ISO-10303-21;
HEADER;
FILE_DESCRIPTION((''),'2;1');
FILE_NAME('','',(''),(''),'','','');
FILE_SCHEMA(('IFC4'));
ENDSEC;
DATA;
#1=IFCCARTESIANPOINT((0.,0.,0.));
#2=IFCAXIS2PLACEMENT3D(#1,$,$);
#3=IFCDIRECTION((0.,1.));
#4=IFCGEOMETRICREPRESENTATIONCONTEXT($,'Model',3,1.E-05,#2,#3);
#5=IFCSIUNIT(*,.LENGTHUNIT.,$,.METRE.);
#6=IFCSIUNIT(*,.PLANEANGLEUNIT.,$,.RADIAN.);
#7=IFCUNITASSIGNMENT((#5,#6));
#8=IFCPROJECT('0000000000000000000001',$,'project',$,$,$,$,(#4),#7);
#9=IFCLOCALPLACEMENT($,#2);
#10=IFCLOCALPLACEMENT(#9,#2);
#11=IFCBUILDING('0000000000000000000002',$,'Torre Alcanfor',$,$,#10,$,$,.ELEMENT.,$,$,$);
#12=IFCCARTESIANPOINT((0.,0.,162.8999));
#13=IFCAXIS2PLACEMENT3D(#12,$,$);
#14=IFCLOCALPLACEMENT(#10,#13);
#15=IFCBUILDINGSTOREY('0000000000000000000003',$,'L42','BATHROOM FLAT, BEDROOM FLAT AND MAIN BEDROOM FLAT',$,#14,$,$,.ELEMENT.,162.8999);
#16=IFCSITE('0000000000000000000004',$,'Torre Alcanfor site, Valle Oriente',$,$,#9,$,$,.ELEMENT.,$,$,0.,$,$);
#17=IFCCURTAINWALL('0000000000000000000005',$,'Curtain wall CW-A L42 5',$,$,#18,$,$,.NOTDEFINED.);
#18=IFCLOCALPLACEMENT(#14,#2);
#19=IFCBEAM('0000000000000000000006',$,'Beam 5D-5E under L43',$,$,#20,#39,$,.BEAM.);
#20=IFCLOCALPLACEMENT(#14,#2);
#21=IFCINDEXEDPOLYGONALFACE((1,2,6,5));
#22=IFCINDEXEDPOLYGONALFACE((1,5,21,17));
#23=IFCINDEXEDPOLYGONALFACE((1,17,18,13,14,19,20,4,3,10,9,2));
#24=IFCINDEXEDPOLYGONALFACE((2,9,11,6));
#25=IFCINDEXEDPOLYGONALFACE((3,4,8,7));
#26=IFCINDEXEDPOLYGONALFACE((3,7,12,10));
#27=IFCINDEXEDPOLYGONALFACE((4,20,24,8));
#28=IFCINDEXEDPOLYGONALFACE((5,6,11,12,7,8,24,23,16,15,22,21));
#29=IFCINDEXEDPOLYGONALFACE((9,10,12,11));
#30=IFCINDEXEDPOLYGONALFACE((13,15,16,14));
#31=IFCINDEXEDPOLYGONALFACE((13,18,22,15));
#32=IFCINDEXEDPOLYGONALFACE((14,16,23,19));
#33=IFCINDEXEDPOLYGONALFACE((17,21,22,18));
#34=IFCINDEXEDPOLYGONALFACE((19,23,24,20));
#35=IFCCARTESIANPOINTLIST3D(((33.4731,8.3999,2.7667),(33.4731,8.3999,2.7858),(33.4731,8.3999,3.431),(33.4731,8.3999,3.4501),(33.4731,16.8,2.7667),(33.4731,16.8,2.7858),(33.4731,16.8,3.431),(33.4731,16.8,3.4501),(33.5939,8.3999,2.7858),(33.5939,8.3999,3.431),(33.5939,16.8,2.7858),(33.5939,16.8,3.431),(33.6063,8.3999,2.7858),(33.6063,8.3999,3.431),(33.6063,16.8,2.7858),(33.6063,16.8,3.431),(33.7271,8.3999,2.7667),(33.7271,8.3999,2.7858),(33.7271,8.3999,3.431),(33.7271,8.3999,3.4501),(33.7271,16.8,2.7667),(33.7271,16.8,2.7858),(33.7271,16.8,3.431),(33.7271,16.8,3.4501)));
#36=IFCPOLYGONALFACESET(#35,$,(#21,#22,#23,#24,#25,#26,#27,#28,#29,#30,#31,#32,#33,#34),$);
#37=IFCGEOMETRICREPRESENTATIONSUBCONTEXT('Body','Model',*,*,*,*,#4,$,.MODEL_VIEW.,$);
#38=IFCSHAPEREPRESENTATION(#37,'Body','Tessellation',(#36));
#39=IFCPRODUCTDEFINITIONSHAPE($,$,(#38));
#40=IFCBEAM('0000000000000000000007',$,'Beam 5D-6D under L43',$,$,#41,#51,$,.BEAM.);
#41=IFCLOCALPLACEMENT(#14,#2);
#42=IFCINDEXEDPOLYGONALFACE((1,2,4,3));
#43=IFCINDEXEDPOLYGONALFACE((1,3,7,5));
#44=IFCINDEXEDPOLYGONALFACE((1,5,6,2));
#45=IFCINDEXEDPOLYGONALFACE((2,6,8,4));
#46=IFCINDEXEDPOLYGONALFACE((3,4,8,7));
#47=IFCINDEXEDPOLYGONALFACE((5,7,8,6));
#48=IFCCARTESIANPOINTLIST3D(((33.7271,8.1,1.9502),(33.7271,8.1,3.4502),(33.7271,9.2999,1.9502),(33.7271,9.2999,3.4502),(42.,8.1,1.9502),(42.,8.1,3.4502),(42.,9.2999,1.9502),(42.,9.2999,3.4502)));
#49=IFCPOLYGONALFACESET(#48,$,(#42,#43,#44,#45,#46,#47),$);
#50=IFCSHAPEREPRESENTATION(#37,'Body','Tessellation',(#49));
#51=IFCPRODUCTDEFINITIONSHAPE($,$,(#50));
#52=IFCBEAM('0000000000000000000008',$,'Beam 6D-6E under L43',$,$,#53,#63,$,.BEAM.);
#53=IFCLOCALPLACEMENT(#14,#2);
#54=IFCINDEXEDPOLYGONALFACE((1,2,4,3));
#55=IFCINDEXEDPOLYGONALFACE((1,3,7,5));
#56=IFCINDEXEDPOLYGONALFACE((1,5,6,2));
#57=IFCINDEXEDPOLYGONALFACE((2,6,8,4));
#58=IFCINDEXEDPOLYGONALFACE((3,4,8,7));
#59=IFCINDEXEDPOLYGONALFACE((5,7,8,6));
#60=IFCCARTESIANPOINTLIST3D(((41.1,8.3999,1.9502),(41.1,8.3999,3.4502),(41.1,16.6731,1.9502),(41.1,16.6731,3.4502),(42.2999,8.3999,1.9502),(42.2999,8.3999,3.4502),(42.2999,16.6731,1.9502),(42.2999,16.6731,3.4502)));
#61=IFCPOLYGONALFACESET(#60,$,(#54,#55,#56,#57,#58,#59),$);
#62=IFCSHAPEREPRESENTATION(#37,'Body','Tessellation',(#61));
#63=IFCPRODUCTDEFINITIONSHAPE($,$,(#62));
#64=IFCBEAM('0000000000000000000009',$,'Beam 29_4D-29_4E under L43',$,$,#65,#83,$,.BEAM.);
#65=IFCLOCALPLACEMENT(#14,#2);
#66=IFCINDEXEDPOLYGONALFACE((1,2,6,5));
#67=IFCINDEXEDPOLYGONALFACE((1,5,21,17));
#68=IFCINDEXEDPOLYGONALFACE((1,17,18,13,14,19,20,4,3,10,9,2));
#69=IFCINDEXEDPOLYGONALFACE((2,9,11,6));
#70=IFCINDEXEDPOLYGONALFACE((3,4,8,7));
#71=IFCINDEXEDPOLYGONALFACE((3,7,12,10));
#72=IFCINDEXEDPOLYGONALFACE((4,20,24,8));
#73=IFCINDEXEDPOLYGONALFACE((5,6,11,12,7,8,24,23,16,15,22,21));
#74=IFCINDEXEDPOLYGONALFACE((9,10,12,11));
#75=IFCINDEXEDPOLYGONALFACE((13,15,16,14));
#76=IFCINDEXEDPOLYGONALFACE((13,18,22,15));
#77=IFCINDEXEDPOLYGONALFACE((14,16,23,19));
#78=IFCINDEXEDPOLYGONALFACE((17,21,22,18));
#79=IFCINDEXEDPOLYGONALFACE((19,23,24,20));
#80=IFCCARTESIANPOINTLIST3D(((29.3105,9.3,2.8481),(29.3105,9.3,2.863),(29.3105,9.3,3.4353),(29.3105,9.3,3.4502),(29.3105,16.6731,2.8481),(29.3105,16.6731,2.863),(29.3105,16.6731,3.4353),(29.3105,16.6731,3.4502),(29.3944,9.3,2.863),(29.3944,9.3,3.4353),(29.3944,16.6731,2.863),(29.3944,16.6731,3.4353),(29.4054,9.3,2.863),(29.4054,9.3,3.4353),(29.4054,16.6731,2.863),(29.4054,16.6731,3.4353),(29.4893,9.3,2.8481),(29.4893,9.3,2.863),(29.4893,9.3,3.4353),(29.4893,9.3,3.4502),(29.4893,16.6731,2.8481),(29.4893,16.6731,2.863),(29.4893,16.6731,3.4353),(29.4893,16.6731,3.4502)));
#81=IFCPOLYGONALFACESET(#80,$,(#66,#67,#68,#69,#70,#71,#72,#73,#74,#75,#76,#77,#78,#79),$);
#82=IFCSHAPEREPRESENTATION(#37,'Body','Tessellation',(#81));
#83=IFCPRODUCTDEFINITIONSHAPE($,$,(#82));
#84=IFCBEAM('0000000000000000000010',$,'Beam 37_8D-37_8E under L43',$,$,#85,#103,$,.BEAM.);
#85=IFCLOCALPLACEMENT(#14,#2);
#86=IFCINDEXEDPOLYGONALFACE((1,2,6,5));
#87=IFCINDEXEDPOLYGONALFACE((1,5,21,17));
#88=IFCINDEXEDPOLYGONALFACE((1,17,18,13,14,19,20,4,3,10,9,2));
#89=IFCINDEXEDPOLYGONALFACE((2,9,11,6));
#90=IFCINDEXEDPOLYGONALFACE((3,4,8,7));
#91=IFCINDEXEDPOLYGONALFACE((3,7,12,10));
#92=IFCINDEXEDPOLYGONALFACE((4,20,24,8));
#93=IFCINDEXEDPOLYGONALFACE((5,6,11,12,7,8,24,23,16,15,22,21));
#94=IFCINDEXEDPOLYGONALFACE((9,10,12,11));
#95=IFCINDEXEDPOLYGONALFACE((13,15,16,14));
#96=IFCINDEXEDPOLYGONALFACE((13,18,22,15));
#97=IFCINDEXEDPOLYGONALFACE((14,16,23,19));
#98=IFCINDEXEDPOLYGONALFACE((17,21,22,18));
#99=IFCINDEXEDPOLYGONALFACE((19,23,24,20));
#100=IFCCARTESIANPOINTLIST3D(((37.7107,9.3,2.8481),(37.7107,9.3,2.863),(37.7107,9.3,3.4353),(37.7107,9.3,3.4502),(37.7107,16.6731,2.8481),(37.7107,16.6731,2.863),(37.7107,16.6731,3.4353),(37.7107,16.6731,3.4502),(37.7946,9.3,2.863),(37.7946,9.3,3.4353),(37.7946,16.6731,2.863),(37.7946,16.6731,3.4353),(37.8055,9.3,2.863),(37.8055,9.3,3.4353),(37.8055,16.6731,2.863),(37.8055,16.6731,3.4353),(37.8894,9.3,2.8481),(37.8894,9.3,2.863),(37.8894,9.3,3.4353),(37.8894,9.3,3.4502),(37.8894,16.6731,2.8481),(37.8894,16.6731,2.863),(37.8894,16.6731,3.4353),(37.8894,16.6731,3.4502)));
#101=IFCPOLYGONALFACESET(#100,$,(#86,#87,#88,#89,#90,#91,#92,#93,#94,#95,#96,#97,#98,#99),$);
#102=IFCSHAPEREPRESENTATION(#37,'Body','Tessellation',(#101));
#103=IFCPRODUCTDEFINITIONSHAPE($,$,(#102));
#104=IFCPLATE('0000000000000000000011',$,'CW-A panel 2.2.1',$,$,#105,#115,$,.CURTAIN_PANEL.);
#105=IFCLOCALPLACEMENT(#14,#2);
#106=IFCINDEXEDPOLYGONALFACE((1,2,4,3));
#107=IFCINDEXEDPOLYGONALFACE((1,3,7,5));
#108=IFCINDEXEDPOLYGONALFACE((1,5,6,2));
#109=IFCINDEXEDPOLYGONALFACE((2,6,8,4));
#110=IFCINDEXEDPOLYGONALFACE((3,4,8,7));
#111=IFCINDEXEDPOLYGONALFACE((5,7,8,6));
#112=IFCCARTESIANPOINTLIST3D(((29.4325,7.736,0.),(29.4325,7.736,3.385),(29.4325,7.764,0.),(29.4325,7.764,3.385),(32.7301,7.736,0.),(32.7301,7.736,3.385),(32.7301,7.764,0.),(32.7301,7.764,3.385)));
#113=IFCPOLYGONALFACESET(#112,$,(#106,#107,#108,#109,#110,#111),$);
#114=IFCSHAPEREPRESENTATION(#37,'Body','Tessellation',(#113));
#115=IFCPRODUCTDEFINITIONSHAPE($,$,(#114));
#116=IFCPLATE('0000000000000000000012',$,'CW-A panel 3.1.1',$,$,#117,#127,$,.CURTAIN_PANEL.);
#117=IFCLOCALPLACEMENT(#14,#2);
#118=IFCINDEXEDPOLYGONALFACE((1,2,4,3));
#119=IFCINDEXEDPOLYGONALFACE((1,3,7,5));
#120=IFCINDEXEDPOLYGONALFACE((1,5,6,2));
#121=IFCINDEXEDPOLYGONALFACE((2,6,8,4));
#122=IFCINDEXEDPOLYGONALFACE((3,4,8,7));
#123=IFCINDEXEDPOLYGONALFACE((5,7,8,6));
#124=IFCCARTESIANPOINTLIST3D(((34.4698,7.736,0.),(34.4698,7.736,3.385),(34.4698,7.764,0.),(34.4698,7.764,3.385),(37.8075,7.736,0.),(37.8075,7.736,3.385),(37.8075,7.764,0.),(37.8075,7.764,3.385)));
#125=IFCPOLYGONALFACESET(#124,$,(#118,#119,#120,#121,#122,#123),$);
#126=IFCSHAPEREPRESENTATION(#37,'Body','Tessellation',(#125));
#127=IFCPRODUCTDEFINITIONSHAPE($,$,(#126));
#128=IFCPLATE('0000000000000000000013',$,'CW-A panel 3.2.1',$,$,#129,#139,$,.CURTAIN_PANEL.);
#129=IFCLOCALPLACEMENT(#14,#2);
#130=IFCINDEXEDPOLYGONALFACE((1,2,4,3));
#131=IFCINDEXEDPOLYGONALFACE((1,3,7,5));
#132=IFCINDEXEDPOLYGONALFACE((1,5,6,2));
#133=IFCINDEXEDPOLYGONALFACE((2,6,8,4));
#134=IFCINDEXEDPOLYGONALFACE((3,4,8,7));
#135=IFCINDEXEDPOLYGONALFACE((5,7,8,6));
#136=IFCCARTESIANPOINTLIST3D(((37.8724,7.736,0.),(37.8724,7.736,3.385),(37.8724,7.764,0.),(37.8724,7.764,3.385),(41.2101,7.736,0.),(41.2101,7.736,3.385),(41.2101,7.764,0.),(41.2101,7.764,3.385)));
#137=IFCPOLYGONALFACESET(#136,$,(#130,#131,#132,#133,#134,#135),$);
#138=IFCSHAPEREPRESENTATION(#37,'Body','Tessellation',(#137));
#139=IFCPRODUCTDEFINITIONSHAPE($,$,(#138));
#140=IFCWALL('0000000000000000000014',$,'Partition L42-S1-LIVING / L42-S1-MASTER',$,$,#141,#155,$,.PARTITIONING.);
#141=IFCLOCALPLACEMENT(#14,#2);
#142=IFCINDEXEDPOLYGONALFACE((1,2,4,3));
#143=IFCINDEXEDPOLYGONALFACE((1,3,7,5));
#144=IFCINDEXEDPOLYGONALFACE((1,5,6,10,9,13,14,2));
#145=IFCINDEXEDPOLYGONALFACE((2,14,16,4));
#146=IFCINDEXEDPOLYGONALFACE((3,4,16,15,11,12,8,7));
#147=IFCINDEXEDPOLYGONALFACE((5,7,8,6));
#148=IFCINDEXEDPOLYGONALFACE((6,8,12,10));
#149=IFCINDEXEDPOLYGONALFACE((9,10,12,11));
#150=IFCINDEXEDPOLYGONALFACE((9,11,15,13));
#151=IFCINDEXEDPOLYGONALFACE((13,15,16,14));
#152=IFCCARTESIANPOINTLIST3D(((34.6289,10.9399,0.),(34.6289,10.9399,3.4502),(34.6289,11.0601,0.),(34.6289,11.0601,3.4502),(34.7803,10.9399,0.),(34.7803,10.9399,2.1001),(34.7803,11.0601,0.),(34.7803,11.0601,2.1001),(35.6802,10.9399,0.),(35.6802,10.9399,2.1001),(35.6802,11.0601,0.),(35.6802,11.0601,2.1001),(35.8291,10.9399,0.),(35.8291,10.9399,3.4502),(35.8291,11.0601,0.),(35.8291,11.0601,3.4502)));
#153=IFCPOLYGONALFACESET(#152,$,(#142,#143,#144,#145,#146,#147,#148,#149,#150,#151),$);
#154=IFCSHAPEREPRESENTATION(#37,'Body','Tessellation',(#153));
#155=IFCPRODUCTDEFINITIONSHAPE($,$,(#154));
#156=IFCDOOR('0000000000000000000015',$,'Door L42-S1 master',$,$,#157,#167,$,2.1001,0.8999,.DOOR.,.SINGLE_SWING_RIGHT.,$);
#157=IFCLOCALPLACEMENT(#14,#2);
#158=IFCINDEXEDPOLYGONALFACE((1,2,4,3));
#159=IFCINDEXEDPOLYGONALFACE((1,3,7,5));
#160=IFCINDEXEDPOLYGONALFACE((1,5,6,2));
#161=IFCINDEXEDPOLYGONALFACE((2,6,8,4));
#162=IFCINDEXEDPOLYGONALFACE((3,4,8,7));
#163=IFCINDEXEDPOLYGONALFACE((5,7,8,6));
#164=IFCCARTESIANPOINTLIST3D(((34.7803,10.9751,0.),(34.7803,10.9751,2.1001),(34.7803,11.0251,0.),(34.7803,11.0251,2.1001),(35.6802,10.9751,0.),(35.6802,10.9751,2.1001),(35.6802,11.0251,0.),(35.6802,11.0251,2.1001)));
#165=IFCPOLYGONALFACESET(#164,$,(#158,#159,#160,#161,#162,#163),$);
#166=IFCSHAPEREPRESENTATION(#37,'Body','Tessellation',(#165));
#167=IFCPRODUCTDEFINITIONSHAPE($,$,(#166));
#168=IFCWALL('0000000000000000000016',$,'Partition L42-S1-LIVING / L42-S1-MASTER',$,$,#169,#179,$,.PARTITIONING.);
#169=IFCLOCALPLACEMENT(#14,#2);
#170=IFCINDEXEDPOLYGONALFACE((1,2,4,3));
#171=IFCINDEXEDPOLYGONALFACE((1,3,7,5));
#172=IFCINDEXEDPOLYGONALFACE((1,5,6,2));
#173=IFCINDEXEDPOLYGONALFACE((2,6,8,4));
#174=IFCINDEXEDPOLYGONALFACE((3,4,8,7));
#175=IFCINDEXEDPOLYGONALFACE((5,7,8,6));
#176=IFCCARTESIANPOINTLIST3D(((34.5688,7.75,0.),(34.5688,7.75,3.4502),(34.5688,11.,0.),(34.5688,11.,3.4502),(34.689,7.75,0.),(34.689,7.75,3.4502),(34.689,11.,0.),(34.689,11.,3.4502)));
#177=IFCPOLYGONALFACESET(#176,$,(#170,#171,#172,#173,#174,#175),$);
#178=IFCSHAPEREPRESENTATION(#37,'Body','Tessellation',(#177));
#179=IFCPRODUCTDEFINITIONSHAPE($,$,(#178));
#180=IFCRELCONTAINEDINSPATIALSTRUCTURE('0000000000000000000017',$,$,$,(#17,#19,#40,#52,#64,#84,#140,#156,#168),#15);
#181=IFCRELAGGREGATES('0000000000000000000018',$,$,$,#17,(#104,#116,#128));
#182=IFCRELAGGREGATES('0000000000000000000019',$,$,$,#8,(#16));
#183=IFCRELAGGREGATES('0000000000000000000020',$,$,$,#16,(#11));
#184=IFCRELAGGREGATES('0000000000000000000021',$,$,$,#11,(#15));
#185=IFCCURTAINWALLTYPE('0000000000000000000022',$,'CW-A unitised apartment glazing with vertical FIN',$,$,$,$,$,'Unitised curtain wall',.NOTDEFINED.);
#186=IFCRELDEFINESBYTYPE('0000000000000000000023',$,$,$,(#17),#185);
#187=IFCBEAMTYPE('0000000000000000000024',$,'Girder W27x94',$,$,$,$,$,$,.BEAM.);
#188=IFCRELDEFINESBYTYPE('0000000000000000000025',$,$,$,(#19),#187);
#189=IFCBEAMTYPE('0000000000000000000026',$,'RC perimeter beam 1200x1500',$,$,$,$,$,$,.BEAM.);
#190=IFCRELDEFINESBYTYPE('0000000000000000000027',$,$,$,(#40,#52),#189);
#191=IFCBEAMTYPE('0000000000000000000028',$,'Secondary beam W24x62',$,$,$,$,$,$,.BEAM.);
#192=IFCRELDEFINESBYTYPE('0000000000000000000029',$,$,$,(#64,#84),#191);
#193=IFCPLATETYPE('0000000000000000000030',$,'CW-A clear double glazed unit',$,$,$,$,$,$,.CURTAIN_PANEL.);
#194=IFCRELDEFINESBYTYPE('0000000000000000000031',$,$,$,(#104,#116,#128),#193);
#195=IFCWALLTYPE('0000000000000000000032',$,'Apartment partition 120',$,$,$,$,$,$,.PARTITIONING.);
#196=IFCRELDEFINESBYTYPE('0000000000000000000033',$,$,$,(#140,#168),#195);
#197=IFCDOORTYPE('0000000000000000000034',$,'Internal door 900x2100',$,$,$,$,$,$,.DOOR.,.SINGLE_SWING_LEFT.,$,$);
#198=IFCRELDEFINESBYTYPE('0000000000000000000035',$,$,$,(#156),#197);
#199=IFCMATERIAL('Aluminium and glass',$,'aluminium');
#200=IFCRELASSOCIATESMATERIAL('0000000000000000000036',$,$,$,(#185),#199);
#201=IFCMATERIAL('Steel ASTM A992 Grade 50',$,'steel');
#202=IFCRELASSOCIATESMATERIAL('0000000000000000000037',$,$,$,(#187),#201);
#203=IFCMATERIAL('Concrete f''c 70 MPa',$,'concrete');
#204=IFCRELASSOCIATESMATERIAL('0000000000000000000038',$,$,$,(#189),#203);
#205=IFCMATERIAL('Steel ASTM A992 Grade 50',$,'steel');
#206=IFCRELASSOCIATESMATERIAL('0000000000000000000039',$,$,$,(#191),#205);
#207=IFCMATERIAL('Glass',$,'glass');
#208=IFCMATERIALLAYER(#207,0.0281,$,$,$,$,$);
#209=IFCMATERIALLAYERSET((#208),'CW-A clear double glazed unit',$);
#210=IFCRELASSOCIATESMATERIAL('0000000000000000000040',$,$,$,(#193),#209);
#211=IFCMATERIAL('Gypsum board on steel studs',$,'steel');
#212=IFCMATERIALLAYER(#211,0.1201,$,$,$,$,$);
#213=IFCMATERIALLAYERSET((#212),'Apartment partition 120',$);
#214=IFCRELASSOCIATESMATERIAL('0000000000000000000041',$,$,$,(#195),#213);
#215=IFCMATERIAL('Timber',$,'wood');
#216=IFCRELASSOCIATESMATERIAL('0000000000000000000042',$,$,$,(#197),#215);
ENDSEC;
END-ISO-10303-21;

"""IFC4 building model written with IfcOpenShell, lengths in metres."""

from ifc_helpers import new_model, si_unit, direction, frame, frame_2d, origin, origin_2d, place, context, subcontext, project, spatial, rectangle, i_section, extrude, material, layer, layer_set, material_profile, profile_set, type_object, element, fill, aggregate, save


model = new_model("IFC4")

# Units and contexts
model_context = context("Model", 3, precision=1e-05, world=origin(), true_north=direction((0.0, 1.0)))
body_context = subcontext(model_context, "Body", "Model", "MODEL_VIEW")
ifc_project = project(units=[si_unit("LENGTHUNIT", "METRE"), si_unit("PLANEANGLEUNIT", "RADIAN")], contexts=[model_context])

# Site, building, storey
site_placement = place(None, origin())
site = spatial("IfcSite", under=ifc_project, at=site_placement, Name="Torre Alcanfor site, Valle Oriente", CompositionType="ELEMENT", RefElevation=0.0)
building_placement = place(site_placement, origin())
building = spatial("IfcBuilding", under=site, at=building_placement, Name="Torre Alcanfor", CompositionType="ELEMENT")
storey_placement = place(building_placement, frame((0.0, 0.0, 162.8999)))
storey = spatial("IfcBuildingStorey", under=building, at=storey_placement, Name="L42", Description="BATHROOM FLAT, BEDROOM FLAT AND MAIN BEDROOM FLAT", CompositionType="ELEMENT", Elevation=162.8999)

# Curtain wall
ifc_material_1 = material(Name="Aluminium and glass", Category="aluminium")
curtain_wall_type = type_object("IfcCurtainWallType", Name="CW-A unitised apartment glazing with vertical FIN", ElementType="Unitised curtain wall", PredefinedType="NOTDEFINED", material=ifc_material_1)
curtain_wall_placement = place(storey_placement, origin())
curtain_wall = element("IfcCurtainWall", 1, at=curtain_wall_placement, inside=storey, type_object=curtain_wall_type, Name="Curtain wall CW-A L42 5", PredefinedType="NOTDEFINED")

# Beams
ifc_material_2 = material(Name="Steel ASTM A992 Grade 50", Category="steel")
ifc_material_profile_1 = material_profile(ifc_material_2, i_section(OverallWidth=0.2539, OverallDepth=0.6833, WebThickness=0.0125, FlangeThickness=0.019, at=origin_2d()), Name="W27x94")
ifc_profile_set_1 = profile_set([ifc_material_profile_1], Name="Steel ASTM A992 Grade 50")
beam_type_1 = type_object("IfcBeamType", Name="Girder W27x94", PredefinedType="BEAM", material=ifc_profile_set_1)
beam_1_placement = place(storey_placement, frame((33.6001, 8.3999, 3.1084), z_axis=(0.0, 1.0, 0.0), x_axis=(-1.0, 0.0, 0.0)))
element("IfcBeam", 2, at=beam_1_placement, inside=storey, type_object=beam_type_1, Name="Beam 5D-5E under L43", PredefinedType="BEAM", context=body_context, shape_type="SweptSolid", body=[
    extrude(i_section(OverallWidth=0.2539, OverallDepth=0.6833, WebThickness=0.0125, FlangeThickness=0.019, at=origin_2d()), origin(), (0.0, 0.0, 1.0), 8.4001),
])
ifc_material_3 = material(Name="Concrete f'c 70 MPa", Category="concrete")
ifc_material_profile_2 = material_profile(ifc_material_3, rectangle(XDim=1.2, YDim=1.5, at=origin_2d()), Name="1200x1500")
ifc_profile_set_2 = profile_set([ifc_material_profile_2], Name="Concrete f'c 70 MPa")
beam_type_2 = type_object("IfcBeamType", Name="RC perimeter beam 1200x1500", PredefinedType="BEAM", material=ifc_profile_set_2)
beam_2_placement = place(storey_placement, frame((33.7271, 8.7, 2.7002), z_axis=(1.0, 0.0, 0.0), x_axis=(0.0, 1.0, 0.0)))
element("IfcBeam", 3, at=beam_2_placement, inside=storey, type_object=beam_type_2, Name="Beam 5D-6D under L43", PredefinedType="BEAM", context=body_context, shape_type="SweptSolid", body=[
    extrude(rectangle(XDim=1.2, YDim=1.5, at=origin_2d()), origin(), (0.0, 0.0, 1.0), 8.2729),
])
beam_3_placement = place(storey_placement, frame((41.7, 8.3999, 2.7002), z_axis=(0.0, 1.0, 0.0), x_axis=(-1.0, 0.0, 0.0)))
element("IfcBeam", 4, at=beam_3_placement, inside=storey, type_object=beam_type_2, Name="Beam 6D-6E under L43", PredefinedType="BEAM", context=body_context, shape_type="SweptSolid", body=[
    extrude(rectangle(XDim=1.2, YDim=1.5, at=origin_2d()), origin(), (0.0, 0.0, 1.0), 8.2732),
])
ifc_material_4 = material(Name="Steel ASTM A992 Grade 50", Category="steel")
ifc_material_profile_3 = material_profile(ifc_material_4, i_section(OverallWidth=0.1787, OverallDepth=0.6021, WebThickness=0.011, FlangeThickness=0.0149, at=origin_2d()), Name="W24x62")
ifc_profile_set_3 = profile_set([ifc_material_profile_3], Name="Steel ASTM A992 Grade 50")
beam_type_3 = type_object("IfcBeamType", Name="Secondary beam W24x62", PredefinedType="BEAM", material=ifc_profile_set_3)
for number, where, z_axis, x_axis, name in (
    (5, (29.3999, 9.3, 3.1492), (0.0, 1.0, 0.0), (-1.0, 0.0, 0.0), "Beam 29_4D-29_4E under L43"),
    (6, (37.8, 9.3, 3.1492), (0.0, 1.0, 0.0), (-1.0, 0.0, 0.0), "Beam 37_8D-37_8E under L43"),
):
    element("IfcBeam", number, at=place(storey_placement, frame(where, z_axis=z_axis, x_axis=x_axis)), inside=storey, type_object=beam_type_3, Name=name, PredefinedType="BEAM", context=body_context, shape_type="SweptSolid", body=[
        extrude(i_section(OverallWidth=0.1787, OverallDepth=0.6021, WebThickness=0.011, FlangeThickness=0.0149, at=origin_2d()), origin(), (0.0, 0.0, 1.0), 7.373),
    ])

# Plates
ifc_material_5 = material(Name="Glass", Category="glass")
ifc_layer_1 = layer(ifc_material_5, 0.0281)
ifc_layer_set_1 = layer_set([ifc_layer_1], Name="CW-A clear double glazed unit")
plate_type = type_object("IfcPlateType", Name="CW-A clear double glazed unit", PredefinedType="CURTAIN_PANEL", material=ifc_layer_set_1)
plate_1_placement = place(storey_placement, frame((31.0813, 7.75, 0.0), z_axis=(0.0, 0.0, 1.0), x_axis=(1.0, 0.0, 0.0)))
plate_1 = element("IfcPlate", 7, at=plate_1_placement, type_object=plate_type, Name="CW-A panel 2.2.1", PredefinedType="CURTAIN_PANEL", context=body_context, shape_type="SweptSolid", body=[
    extrude(rectangle(XDim=3.2976, YDim=0.0281, at=origin_2d()), origin(), (0.0, 0.0, 1.0), 3.385),
])
plate_2_placement = place(storey_placement, frame((36.1387, 7.75, 0.0), z_axis=(0.0, 0.0, 1.0), x_axis=(1.0, 0.0, 0.0)))
plate_2 = element("IfcPlate", 8, at=plate_2_placement, type_object=plate_type, Name="CW-A panel 3.1.1", PredefinedType="CURTAIN_PANEL", context=body_context, shape_type="SweptSolid", body=[
    extrude(rectangle(XDim=3.3376, YDim=0.0281, at=origin_2d()), origin(), (0.0, 0.0, 1.0), 3.385),
])
plate_3_placement = place(storey_placement, frame((39.5413, 7.75, 0.0), z_axis=(0.0, 0.0, 1.0), x_axis=(1.0, 0.0, 0.0)))
plate_3 = element("IfcPlate", 9, at=plate_3_placement, type_object=plate_type, Name="CW-A panel 3.2.1", PredefinedType="CURTAIN_PANEL", context=body_context, shape_type="SweptSolid", body=[
    extrude(rectangle(XDim=3.3376, YDim=0.0281, at=origin_2d()), origin(), (0.0, 0.0, 1.0), 3.385),
])
aggregate(curtain_wall, [plate_1, plate_2, plate_3])

# Wall, opening, door
ifc_material_6 = material(Name="Gypsum board on steel studs", Category="steel")
ifc_layer_2 = layer(ifc_material_6, 0.1201)
ifc_layer_set_2 = layer_set([ifc_layer_2], Name="Apartment partition 120")
wall_type_1 = type_object("IfcWallType", Name="Apartment partition 120", PredefinedType="PARTITIONING", material=ifc_layer_set_2)
wall_1_placement = place(storey_placement, frame((35.8291, 11.0, 0.0), z_axis=(0.0, 0.0, 1.0), x_axis=(-1.0, 0.0, 0.0)))
wall_1 = element("IfcWall", 10, at=wall_1_placement, inside=storey, type_object=wall_type_1, Name="Partition L42-S1-LIVING / L42-S1-MASTER", PredefinedType="PARTITIONING", context=body_context, shape_type="SweptSolid", body=[
    extrude(rectangle(XDim=1.2002, YDim=0.1201, at=frame_2d((0.6001, 0.0))), origin(), (0.0, 0.0, 1.0), 3.4502),
])
opening_1_placement = place(wall_1_placement, frame((0.1489, 0.0, 0.0)))
opening_1 = element("IfcOpeningElement", 11, at=opening_1_placement, cuts=wall_1, PredefinedType="OPENING", context=body_context, shape_type="SweptSolid", body=[
    extrude(rectangle(XDim=0.8999, YDim=2.1001, at=frame_2d((0.45, 1.05))), frame((0.0, 0.0701, 0.0), z_axis=(0.0, -1.0, 0.0), x_axis=(1.0, 0.0, 0.0)), (0.0, 0.0, 1.0), 0.1401),
])
ifc_material_7 = material(Name="Timber", Category="wood")
door_type_1 = type_object("IfcDoorType", Name="Internal door 900x2100", OperationType="SINGLE_SWING_LEFT", PredefinedType="DOOR", material=ifc_material_7)
door_1_placement = place(opening_1_placement, origin())
door_1 = element("IfcDoor", 12, at=door_1_placement, inside=storey, type_object=door_type_1, Name="Door L42-S1 master", OperationType="SINGLE_SWING_RIGHT", OverallHeight=2.1001, OverallWidth=0.8999, PredefinedType="DOOR", context=body_context, shape_type="SweptSolid", body=[
    extrude(rectangle(XDim=0.8999, YDim=2.1001, at=frame_2d((0.45, 1.05))), frame((0.0, 0.0249, 0.0), z_axis=(0.0, -1.0, 0.0), x_axis=(1.0, 0.0, 0.0)), (0.0, 0.0, 1.0), 0.05),
])
fill(opening_1, door_1)

# Wall
wall_2_placement = place(storey_placement, frame((34.6289, 11.0, 0.0), z_axis=(0.0, 0.0, 1.0), x_axis=(0.0, -1.0, 0.0)))
element("IfcWall", 13, at=wall_2_placement, inside=storey, type_object=wall_type_1, Name="Partition L42-S1-LIVING / L42-S1-MASTER", PredefinedType="PARTITIONING", context=body_context, shape_type="SweptSolid", body=[
    extrude(rectangle(XDim=3.25, YDim=0.1201, at=frame_2d((1.625, 0.0))), origin(), (0.0, 0.0, 1.0), 3.4502),
])

save(model, "model.ifc")
